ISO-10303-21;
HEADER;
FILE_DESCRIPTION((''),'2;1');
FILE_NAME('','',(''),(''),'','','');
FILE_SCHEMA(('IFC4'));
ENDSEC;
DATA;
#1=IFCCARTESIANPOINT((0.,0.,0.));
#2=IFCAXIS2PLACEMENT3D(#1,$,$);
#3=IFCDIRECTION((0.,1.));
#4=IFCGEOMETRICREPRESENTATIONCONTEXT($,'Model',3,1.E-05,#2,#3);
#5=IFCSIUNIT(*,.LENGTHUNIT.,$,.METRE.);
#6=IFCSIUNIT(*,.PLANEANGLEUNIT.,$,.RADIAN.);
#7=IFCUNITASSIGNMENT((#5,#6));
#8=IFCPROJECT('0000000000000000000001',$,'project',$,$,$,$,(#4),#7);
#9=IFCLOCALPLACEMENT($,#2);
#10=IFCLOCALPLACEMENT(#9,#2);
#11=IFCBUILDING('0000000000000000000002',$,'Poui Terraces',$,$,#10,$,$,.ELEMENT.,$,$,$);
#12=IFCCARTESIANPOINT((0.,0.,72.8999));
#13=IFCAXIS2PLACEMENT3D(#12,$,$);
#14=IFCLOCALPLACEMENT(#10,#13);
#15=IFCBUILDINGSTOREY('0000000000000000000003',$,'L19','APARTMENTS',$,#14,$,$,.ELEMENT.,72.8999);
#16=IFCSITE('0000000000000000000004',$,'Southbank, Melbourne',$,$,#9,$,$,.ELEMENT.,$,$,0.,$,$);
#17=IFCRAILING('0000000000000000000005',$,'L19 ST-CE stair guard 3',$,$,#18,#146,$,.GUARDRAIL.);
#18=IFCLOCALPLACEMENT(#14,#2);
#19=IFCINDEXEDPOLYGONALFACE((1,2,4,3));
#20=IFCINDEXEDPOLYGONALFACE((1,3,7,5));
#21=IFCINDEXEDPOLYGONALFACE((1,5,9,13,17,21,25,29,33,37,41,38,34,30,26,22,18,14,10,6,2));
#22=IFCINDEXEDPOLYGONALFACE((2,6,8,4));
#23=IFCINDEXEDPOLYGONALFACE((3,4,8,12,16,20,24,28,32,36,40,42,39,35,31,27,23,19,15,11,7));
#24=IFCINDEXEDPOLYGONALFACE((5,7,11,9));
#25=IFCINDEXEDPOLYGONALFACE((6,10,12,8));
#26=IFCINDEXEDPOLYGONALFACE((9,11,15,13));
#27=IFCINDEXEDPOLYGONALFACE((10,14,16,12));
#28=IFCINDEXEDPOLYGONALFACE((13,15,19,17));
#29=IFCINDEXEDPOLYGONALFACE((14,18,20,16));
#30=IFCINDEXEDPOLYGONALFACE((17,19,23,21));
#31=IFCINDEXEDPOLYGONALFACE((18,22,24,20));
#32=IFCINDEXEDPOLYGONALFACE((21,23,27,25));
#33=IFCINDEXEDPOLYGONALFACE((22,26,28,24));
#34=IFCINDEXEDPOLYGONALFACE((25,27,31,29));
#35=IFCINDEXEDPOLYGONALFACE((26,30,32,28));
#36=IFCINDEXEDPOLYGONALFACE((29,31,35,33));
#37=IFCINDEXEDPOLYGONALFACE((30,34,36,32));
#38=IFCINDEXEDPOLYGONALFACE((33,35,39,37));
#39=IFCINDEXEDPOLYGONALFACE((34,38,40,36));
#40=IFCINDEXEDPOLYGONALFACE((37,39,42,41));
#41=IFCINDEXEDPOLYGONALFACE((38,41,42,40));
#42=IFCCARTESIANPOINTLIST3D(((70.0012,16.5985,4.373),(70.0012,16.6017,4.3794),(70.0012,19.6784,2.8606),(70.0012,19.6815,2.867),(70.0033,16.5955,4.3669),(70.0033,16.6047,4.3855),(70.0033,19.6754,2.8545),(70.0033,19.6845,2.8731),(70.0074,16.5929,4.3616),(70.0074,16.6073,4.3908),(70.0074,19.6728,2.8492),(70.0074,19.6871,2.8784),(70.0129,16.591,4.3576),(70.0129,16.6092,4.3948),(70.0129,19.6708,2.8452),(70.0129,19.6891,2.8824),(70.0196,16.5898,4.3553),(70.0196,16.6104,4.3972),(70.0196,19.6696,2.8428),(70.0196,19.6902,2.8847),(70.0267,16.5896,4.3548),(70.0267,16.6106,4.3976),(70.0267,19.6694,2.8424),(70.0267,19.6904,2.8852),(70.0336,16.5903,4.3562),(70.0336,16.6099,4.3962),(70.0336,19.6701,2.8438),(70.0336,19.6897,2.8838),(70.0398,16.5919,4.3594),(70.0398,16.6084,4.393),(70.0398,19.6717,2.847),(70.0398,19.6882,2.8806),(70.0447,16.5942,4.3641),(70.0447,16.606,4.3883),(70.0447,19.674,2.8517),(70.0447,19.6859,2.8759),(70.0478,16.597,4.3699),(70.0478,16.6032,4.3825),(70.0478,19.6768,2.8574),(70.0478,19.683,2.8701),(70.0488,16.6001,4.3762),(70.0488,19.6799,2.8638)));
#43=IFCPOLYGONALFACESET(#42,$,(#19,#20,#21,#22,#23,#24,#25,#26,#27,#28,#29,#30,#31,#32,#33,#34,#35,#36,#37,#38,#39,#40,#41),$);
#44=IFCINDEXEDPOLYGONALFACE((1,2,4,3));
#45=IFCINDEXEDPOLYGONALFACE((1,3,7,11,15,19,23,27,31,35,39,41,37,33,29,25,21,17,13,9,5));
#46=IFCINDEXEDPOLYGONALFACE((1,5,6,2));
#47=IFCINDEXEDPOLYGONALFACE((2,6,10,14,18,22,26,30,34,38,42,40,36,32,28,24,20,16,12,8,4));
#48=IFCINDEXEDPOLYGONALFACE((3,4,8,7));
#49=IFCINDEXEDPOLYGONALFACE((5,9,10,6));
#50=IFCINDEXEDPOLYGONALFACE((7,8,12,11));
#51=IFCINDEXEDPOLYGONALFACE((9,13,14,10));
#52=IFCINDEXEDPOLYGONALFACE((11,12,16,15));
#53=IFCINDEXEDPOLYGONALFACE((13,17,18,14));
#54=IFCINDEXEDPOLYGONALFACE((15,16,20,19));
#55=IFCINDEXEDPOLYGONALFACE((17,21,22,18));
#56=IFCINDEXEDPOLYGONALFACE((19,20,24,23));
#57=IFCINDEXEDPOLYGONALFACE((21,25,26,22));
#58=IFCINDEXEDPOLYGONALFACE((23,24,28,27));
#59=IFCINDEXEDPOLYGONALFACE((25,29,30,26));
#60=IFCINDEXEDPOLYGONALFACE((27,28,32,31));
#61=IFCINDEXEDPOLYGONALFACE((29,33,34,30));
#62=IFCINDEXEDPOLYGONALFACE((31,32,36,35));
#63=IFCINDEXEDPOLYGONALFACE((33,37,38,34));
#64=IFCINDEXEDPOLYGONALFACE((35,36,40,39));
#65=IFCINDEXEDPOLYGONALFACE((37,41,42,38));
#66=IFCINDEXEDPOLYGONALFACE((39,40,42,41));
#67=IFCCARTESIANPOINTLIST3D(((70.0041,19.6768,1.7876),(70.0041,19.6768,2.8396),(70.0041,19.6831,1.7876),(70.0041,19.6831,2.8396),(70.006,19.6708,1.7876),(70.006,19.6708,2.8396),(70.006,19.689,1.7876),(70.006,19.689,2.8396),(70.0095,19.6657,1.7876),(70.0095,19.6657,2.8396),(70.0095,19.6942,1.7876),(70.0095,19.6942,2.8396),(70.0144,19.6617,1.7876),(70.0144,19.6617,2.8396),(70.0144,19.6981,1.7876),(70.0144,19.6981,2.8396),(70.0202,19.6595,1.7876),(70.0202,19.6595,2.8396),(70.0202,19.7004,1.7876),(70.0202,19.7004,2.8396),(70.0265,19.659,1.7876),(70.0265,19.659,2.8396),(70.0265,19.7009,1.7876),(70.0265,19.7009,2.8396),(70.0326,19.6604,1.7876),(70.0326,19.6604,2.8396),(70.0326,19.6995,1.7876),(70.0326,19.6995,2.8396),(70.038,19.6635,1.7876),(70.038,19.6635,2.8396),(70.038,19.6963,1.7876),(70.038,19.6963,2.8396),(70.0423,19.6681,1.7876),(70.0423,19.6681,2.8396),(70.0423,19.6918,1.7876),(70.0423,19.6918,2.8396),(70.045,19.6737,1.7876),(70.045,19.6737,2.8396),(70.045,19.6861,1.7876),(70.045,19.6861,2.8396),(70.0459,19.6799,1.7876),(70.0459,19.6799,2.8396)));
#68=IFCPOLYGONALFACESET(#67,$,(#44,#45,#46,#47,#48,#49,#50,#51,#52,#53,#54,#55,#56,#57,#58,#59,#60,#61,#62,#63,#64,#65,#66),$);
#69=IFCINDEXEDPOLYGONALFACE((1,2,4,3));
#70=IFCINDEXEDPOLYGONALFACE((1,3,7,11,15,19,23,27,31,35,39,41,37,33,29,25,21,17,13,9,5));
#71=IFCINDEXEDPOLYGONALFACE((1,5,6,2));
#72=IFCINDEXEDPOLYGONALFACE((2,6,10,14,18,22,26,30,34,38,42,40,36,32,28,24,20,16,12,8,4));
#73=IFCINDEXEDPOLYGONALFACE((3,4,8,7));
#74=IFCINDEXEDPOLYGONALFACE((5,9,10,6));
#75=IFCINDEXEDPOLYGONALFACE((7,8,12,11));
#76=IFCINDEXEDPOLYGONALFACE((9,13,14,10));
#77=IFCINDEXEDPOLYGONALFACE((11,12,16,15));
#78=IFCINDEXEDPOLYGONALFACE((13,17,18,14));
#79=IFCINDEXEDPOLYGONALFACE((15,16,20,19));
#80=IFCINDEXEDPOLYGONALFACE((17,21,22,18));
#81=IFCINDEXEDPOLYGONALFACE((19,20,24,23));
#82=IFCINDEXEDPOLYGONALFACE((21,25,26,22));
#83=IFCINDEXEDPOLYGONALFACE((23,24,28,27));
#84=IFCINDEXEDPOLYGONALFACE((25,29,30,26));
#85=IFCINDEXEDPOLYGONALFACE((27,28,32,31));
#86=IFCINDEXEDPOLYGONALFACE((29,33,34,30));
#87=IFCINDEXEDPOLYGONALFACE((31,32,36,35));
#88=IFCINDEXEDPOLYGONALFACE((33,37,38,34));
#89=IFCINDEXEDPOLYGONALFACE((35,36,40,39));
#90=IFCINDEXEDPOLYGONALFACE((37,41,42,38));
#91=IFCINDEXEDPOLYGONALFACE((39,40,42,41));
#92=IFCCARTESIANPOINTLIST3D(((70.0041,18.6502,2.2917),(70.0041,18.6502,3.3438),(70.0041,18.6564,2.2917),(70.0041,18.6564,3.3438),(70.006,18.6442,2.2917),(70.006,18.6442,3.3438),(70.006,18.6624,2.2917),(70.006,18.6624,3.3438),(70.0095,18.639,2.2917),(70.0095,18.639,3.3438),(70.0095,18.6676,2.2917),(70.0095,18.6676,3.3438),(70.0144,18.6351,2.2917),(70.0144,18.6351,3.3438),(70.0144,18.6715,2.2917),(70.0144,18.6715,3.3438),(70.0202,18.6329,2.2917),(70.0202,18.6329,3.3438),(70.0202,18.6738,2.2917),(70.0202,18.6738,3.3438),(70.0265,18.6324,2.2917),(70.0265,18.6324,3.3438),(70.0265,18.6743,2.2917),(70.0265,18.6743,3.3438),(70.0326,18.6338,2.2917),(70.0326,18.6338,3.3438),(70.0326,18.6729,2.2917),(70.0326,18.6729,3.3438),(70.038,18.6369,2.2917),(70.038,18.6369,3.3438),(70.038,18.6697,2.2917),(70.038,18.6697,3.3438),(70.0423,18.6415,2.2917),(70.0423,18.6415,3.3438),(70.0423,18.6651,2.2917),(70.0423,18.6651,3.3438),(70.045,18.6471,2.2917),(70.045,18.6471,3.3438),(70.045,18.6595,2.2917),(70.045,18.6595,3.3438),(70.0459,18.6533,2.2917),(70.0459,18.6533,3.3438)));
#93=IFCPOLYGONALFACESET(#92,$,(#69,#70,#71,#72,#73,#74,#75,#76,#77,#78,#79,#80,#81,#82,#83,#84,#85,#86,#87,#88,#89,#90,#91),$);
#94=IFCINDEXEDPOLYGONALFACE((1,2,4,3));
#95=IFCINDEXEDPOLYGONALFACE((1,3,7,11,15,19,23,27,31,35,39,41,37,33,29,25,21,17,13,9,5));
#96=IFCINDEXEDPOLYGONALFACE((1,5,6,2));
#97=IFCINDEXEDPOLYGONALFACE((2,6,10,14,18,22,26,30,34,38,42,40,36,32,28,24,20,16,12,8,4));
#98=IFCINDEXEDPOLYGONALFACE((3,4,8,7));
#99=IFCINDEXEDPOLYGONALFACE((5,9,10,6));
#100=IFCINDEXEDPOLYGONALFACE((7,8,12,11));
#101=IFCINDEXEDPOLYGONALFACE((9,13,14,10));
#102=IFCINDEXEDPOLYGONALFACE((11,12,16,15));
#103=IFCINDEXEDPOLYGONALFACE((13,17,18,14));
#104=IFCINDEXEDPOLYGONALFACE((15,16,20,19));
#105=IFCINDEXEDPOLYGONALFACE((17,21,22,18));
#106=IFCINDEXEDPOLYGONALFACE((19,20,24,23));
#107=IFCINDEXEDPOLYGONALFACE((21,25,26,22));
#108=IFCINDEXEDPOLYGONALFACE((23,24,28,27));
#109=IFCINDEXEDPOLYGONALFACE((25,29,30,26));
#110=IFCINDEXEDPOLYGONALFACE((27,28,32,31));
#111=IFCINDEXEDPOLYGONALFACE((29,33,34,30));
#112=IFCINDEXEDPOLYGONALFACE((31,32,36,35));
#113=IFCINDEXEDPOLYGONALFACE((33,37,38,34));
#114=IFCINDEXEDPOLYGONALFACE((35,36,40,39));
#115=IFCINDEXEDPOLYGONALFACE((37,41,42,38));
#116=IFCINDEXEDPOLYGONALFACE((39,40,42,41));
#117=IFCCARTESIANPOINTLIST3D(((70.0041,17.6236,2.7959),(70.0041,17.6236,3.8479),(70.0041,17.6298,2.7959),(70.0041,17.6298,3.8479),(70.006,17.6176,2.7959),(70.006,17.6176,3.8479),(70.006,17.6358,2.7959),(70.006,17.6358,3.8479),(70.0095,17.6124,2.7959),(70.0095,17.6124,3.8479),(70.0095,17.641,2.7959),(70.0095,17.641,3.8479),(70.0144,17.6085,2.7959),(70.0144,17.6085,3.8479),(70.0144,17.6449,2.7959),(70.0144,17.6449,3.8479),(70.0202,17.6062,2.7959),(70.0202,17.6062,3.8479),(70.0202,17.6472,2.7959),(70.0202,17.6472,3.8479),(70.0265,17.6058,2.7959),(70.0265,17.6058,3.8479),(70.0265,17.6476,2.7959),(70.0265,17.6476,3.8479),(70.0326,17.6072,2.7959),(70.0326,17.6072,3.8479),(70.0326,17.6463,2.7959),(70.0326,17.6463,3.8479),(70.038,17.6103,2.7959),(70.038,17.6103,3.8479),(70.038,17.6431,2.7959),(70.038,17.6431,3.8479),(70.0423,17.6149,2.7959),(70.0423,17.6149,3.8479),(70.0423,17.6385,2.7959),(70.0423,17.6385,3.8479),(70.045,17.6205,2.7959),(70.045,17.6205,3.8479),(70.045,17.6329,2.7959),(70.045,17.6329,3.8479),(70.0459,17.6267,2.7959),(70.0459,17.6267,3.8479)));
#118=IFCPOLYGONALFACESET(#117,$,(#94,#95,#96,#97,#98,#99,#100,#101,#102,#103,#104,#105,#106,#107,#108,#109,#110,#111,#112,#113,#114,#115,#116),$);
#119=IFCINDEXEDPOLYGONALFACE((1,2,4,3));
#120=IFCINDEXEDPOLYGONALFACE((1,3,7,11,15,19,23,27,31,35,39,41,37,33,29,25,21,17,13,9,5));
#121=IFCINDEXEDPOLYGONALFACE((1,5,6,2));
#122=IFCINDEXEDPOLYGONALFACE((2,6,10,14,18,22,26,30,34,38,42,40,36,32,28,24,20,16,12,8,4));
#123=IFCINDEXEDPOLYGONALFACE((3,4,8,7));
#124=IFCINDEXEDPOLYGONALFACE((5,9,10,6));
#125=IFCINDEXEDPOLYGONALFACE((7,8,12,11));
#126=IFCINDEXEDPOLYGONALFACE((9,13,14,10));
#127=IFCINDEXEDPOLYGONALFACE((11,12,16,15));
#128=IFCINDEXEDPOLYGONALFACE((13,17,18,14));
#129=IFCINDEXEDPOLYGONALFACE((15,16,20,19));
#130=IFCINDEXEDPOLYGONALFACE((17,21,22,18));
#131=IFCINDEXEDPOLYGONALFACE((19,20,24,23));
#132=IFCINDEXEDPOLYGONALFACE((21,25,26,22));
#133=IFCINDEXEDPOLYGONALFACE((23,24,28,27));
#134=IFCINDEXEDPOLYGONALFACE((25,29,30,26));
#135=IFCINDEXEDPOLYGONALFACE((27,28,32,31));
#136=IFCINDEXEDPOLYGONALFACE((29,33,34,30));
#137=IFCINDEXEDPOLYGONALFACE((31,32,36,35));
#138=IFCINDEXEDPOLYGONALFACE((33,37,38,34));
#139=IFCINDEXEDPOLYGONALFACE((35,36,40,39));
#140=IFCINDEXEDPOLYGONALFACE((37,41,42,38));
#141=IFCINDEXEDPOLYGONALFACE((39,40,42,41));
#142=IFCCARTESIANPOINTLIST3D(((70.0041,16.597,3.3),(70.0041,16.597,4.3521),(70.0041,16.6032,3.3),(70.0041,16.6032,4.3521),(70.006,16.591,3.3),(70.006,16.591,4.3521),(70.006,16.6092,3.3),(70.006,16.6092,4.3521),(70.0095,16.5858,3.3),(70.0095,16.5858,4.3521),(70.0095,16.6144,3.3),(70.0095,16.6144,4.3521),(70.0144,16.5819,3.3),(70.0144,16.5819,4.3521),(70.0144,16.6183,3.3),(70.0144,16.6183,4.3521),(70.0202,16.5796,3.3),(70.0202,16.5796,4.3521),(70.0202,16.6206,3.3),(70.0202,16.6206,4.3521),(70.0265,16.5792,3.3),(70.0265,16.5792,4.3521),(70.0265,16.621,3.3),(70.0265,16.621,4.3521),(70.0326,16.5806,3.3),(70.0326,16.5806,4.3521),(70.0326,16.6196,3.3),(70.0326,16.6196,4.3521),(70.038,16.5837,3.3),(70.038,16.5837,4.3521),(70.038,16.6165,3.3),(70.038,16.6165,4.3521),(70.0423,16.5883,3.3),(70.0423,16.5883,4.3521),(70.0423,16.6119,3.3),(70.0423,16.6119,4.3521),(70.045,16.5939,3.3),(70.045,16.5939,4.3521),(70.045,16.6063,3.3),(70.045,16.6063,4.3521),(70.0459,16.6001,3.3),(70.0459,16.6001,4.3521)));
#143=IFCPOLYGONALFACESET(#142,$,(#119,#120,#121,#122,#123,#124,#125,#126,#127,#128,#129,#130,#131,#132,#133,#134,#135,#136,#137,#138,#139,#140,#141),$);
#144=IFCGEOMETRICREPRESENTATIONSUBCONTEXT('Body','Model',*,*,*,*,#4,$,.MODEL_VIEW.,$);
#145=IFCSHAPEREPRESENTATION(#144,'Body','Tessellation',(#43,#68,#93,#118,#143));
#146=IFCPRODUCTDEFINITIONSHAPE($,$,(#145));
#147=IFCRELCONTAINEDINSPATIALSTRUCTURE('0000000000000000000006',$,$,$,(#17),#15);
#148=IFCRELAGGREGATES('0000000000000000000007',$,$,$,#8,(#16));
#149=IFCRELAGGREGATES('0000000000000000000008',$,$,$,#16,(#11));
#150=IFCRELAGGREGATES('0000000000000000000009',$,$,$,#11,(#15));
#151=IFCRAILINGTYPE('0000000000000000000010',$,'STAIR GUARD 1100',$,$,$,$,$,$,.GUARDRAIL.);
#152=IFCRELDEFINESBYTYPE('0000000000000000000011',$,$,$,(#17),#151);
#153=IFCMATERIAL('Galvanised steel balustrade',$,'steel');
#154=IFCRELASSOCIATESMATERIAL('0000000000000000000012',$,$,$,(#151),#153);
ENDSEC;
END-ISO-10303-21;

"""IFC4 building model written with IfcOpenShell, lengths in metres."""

from ifc_helpers import new_model, si_unit, direction, frame, origin, origin_2d, place, context, subcontext, project, spatial, circle, extrude, material, type_object, element, save


model = new_model("IFC4")

# Units and contexts
model_context = context("Model", 3, precision=1e-05, world=origin(), true_north=direction((0.0, 1.0)))
body_context = subcontext(model_context, "Body", "Model", "MODEL_VIEW")
ifc_project = project(units=[si_unit("LENGTHUNIT", "METRE"), si_unit("PLANEANGLEUNIT", "RADIAN")], contexts=[model_context])

# Site, building, storey
site_placement = place(None, origin())
site = spatial("IfcSite", under=ifc_project, at=site_placement, Name="Southbank, Melbourne", CompositionType="ELEMENT", RefElevation=0.0)
building_placement = place(site_placement, origin())
building = spatial("IfcBuilding", under=site, at=building_placement, Name="Poui Terraces", CompositionType="ELEMENT")
storey_placement = place(building_placement, frame((0.0, 0.0, 72.8999)))
storey = spatial("IfcBuildingStorey", under=building, at=storey_placement, Name="L19", Description="APARTMENTS", CompositionType="ELEMENT", Elevation=72.8999)

# Railing
ifc_material_1 = material(Name="Galvanised steel balustrade", Category="steel")
railing_type_1 = type_object("IfcRailingType", Name="STAIR GUARD 1100", PredefinedType="GUARDRAIL", material=ifc_material_1)
railing_1_placement = place(storey_placement, frame((70.0249, 19.6799, 1.7876)))
element("IfcRailing", 1, at=railing_1_placement, inside=storey, type_object=railing_type_1, Name="L19 ST-CE stair guard 3", PredefinedType="GUARDRAIL", context=body_context, shape_type="SweptSolid", body=[
    extrude(circle(Radius=0.0239, at=origin_2d()), frame((0.0, 0.0, 1.0762), z_axis=(0.0, -0.897606, 0.440798), x_axis=(1.0, 0.0, 0.0)), (0.0, 0.0, 1.0), 3.4312),
    extrude(circle(Radius=0.021, at=origin_2d()), origin(), (0.0, 0.0, 1.0), 1.052),
    extrude(circle(Radius=0.021, at=origin_2d()), frame((0.0, -1.0266, 0.5042)), (0.0, 0.0, 1.0), 1.052),
    extrude(circle(Radius=0.021, at=origin_2d()), frame((0.0, -2.0532, 1.0083)), (0.0, 0.0, 1.0), 1.052),
    extrude(circle(Radius=0.021, at=origin_2d()), frame((0.0, -3.0798, 1.5125)), (0.0, 0.0, 1.0), 1.052),
])

save(model, "model.ifc")
